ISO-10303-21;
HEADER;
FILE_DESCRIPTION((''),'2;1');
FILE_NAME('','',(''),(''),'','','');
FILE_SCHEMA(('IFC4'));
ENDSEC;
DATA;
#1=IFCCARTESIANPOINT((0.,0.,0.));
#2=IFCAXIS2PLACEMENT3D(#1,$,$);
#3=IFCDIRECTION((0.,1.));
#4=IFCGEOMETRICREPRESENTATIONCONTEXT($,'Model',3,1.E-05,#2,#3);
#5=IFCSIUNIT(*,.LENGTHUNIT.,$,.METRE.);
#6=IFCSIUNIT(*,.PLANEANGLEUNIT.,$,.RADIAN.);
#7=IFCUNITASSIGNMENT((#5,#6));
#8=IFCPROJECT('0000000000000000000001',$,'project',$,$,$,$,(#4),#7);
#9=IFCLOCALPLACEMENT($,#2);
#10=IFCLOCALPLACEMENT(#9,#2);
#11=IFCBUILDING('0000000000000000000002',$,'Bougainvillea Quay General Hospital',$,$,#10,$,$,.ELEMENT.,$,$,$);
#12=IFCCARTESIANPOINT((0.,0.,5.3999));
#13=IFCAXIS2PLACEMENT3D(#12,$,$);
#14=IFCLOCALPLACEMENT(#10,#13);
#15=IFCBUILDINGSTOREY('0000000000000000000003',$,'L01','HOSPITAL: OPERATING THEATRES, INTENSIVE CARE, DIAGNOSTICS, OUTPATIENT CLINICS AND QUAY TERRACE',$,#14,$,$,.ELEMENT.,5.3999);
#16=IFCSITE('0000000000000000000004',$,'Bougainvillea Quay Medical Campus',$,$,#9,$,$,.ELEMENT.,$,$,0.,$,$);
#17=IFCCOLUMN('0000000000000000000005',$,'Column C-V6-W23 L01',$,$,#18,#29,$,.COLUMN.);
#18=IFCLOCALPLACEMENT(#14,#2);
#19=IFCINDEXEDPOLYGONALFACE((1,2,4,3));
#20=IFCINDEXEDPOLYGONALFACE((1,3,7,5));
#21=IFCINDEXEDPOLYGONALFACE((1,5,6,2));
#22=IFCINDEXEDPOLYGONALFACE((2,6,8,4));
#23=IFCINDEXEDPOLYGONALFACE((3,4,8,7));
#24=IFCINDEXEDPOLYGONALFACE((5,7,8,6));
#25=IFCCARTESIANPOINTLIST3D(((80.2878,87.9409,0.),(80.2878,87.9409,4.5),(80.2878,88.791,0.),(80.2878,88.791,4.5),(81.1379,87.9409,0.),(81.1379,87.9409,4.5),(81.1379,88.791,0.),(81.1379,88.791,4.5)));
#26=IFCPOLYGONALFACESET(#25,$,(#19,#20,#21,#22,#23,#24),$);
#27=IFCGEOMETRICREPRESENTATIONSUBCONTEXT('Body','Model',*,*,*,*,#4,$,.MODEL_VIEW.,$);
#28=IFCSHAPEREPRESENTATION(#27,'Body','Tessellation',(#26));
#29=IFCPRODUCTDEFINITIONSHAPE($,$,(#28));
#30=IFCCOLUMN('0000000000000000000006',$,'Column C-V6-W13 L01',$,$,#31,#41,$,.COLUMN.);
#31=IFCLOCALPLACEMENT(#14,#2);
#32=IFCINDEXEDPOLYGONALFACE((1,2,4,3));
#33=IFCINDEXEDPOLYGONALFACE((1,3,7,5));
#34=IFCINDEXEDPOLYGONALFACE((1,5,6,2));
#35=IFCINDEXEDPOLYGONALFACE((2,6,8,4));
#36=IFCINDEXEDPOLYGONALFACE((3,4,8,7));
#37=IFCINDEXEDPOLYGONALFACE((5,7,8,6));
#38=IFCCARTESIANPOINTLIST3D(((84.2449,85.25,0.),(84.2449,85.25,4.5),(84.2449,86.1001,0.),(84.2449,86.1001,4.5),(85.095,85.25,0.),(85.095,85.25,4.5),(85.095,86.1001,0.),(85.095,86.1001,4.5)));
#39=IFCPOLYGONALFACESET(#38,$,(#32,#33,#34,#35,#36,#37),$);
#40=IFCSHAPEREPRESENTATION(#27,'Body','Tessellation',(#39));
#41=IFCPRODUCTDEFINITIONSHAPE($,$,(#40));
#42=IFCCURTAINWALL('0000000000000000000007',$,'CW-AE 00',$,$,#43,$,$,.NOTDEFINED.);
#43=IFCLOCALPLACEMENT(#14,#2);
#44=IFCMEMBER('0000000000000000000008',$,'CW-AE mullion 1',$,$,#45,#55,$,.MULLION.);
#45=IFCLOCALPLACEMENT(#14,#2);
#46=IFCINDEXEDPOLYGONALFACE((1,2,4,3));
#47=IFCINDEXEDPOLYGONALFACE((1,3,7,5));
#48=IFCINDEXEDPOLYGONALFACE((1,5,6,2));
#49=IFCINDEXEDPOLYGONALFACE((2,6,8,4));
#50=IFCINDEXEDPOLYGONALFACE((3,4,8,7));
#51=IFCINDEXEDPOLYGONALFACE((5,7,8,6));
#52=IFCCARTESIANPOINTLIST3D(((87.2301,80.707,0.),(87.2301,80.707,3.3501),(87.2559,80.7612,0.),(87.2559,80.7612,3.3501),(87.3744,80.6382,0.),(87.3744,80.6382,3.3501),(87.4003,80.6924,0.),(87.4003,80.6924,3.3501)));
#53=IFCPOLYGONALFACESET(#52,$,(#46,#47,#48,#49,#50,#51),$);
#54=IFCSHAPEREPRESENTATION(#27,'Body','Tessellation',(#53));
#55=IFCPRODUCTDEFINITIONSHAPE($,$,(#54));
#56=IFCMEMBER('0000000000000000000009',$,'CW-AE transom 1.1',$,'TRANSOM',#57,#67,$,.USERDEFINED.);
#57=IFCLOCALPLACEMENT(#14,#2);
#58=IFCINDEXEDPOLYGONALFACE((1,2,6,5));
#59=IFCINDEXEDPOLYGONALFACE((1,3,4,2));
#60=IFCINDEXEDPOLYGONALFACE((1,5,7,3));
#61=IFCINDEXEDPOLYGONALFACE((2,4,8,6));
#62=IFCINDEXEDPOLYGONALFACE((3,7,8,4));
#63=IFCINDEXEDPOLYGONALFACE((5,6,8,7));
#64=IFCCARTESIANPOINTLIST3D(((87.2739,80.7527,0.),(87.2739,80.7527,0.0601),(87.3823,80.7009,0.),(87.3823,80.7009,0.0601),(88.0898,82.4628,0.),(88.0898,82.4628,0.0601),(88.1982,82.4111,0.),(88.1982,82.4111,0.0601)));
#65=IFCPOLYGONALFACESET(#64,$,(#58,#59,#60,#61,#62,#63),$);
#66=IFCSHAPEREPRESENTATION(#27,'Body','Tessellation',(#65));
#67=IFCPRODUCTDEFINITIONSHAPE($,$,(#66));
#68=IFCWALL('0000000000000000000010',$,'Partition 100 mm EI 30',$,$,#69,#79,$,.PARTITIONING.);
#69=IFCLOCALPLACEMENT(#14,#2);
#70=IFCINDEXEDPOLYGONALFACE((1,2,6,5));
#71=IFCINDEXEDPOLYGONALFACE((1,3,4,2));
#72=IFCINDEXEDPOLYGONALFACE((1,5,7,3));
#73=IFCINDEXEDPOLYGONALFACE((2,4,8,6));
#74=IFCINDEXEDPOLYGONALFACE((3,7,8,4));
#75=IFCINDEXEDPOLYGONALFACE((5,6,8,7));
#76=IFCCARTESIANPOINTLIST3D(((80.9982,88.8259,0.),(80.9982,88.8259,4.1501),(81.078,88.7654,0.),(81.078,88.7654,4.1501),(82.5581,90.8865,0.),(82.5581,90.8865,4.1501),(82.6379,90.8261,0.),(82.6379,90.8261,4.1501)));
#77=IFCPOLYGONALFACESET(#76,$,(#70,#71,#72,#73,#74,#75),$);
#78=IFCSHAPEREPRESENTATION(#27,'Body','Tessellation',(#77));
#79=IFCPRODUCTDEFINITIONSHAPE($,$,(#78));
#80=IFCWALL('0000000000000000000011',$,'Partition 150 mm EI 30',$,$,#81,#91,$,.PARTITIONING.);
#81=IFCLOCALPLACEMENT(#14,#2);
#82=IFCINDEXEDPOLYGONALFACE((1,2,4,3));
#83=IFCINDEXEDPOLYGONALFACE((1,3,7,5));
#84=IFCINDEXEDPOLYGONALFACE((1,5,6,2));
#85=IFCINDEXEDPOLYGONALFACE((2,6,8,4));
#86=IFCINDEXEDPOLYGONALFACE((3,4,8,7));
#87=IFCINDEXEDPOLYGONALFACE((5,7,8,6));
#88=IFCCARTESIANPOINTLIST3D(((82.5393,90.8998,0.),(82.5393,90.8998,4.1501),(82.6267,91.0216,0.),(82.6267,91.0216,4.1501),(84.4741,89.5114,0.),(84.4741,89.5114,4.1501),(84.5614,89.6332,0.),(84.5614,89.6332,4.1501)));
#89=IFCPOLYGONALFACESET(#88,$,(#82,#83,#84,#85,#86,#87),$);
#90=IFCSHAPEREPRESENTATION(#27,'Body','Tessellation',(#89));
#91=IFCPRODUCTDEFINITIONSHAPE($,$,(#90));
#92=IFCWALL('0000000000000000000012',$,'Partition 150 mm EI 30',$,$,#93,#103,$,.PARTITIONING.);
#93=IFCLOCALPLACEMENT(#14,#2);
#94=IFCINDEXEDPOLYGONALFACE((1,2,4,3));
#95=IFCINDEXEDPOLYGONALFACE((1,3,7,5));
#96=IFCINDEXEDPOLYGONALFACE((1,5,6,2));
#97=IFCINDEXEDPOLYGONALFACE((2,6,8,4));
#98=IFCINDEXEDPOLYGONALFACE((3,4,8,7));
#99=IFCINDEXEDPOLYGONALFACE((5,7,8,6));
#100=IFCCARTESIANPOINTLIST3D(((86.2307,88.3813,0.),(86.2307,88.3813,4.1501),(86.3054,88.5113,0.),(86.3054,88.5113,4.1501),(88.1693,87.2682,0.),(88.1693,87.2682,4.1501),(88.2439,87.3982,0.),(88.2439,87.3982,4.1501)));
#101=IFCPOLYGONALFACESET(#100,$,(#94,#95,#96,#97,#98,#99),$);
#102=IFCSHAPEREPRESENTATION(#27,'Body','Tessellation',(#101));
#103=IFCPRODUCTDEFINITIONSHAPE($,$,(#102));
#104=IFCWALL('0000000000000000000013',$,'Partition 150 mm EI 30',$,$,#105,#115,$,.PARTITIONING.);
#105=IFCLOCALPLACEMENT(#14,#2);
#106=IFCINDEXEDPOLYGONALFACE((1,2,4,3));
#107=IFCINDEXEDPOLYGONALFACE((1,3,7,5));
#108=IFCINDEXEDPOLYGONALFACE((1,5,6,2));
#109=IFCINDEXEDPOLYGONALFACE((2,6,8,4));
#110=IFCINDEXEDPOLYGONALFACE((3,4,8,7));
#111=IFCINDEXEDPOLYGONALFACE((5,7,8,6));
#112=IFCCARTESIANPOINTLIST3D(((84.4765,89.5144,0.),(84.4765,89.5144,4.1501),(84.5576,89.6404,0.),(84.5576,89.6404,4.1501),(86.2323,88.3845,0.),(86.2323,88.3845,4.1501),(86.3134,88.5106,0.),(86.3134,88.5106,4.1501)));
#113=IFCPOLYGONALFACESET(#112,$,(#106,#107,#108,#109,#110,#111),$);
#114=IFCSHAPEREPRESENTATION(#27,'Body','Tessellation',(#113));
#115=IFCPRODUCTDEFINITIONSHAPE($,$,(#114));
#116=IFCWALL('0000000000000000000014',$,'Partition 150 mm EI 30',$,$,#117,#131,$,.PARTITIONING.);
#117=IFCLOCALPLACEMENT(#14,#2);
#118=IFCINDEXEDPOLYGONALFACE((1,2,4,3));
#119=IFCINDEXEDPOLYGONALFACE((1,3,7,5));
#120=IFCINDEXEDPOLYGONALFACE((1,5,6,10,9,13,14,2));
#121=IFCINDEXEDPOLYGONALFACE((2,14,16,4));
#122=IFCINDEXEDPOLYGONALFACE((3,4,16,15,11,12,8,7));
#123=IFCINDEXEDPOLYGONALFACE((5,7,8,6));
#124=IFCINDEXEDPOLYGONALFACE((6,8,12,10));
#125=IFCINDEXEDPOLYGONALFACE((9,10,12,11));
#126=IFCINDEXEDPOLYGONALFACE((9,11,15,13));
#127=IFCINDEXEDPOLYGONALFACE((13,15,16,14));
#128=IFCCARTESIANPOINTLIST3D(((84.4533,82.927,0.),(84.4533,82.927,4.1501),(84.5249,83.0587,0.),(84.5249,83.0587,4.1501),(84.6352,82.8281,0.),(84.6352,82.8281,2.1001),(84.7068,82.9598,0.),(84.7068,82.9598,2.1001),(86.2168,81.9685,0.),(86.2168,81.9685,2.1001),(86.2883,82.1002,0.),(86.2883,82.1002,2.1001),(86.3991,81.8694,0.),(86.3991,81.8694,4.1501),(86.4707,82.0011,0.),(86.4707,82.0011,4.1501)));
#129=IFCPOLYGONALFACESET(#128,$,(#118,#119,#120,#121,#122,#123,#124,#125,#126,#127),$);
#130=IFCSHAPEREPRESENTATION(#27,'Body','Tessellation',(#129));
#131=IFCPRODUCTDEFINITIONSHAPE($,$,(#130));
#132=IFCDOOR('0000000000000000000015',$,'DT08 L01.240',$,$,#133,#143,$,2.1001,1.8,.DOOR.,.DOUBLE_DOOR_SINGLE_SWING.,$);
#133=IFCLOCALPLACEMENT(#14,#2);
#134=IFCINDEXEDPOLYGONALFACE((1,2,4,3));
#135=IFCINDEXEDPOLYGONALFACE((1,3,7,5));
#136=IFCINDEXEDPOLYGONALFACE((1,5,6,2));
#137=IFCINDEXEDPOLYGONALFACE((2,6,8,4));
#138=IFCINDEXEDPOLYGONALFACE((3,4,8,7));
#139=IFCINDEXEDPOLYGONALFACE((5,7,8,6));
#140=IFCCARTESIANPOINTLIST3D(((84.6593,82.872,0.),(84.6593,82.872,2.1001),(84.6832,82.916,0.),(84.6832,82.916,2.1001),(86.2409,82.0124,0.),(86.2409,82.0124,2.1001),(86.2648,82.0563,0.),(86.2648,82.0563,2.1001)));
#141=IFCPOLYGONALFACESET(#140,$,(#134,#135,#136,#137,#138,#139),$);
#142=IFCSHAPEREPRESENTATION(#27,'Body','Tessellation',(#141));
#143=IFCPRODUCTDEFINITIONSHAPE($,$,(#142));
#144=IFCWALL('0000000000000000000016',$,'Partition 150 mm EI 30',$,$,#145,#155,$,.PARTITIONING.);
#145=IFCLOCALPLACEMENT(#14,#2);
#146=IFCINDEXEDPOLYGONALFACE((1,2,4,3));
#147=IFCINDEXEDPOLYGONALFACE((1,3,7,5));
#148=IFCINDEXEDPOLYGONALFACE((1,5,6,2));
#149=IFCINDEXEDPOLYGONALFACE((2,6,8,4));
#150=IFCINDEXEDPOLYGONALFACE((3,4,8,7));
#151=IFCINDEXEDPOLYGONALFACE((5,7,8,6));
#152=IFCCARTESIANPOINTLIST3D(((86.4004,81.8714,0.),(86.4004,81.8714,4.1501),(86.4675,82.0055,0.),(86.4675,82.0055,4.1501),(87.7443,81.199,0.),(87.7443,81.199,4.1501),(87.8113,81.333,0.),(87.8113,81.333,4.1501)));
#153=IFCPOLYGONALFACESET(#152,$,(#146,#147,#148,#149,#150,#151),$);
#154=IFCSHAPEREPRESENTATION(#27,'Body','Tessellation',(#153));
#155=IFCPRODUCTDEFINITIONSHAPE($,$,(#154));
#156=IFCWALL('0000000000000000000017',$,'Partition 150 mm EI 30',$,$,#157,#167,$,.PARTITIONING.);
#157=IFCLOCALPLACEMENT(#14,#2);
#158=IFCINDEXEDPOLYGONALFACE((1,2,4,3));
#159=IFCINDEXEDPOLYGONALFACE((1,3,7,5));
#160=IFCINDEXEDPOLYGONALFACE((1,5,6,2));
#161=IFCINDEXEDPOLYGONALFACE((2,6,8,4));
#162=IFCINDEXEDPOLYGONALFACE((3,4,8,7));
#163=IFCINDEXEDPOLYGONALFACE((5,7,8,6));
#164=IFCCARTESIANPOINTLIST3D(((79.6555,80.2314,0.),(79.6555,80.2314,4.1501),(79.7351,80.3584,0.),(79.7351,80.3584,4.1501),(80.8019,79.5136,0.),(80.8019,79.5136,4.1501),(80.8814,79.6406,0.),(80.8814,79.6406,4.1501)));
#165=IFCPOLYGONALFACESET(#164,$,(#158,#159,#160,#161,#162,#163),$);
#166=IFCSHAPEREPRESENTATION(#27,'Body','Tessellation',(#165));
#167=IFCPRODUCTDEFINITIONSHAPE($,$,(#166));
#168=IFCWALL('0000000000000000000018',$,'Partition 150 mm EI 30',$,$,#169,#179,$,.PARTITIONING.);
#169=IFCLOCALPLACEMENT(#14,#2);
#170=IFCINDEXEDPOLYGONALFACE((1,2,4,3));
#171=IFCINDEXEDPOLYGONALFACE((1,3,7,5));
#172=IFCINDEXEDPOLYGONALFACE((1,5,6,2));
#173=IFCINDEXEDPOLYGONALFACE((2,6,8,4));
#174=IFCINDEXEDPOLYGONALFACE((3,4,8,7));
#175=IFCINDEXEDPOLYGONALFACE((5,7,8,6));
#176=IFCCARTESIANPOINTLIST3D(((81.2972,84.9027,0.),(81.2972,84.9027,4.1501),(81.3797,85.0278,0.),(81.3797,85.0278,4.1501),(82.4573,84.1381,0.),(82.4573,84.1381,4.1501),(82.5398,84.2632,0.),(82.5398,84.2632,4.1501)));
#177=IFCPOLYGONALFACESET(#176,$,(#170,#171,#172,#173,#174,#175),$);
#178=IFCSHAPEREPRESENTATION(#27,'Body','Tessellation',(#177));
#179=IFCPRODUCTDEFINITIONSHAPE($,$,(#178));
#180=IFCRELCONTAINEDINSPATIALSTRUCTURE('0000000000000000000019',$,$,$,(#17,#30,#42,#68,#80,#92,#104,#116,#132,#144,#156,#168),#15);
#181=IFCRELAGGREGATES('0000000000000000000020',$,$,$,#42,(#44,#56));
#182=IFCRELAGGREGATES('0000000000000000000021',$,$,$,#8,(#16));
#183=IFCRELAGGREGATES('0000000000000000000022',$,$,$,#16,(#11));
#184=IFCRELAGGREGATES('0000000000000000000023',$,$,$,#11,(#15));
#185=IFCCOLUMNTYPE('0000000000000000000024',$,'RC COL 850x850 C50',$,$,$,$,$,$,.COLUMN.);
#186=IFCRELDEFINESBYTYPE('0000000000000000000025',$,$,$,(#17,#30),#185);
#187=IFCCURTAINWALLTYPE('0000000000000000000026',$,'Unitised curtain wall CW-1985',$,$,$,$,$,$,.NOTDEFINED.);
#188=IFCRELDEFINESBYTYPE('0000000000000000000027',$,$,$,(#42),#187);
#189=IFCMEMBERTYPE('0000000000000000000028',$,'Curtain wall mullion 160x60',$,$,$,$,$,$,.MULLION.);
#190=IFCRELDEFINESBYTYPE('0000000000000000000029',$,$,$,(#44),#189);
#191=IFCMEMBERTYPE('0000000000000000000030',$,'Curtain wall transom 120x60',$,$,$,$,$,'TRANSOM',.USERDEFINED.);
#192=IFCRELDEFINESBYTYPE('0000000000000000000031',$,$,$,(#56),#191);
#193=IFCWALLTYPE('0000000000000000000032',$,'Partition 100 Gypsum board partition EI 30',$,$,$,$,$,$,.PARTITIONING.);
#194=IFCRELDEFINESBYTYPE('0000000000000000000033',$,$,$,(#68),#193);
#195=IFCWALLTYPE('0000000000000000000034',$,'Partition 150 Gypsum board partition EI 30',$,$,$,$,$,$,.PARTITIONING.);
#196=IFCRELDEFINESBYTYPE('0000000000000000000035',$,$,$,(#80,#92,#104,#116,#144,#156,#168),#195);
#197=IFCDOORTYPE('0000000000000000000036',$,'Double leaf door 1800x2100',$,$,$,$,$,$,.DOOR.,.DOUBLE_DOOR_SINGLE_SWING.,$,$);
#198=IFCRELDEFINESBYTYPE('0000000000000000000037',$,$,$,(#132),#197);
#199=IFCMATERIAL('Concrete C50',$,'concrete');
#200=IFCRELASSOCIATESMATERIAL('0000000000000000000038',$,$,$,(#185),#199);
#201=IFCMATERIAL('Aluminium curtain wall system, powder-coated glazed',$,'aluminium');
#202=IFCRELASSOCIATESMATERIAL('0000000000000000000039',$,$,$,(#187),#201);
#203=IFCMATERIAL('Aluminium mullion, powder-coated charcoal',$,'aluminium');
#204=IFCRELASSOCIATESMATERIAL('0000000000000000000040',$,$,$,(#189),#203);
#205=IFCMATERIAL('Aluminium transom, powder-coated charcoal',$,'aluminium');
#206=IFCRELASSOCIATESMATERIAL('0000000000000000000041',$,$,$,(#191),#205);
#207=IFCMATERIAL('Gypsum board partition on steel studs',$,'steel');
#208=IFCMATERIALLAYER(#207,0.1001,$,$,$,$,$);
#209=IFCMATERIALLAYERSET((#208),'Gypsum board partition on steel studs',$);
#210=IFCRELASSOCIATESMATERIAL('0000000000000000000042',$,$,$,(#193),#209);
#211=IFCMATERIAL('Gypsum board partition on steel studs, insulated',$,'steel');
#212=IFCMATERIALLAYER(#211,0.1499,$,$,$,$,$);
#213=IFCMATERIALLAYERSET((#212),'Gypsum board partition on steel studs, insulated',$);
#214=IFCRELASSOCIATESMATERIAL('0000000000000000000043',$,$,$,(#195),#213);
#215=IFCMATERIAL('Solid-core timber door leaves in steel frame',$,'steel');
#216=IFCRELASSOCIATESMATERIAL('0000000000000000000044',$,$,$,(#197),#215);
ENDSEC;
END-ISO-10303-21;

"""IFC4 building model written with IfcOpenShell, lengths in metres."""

from ifc_helpers import new_model, si_unit, direction, frame, frame_2d, origin, origin_2d, place, context, subcontext, project, spatial, rectangle, extrude, material, layer, layer_set, material_profile, profile_set, type_object, element, fill, aggregate, save


model = new_model("IFC4")

# Units and contexts
model_context = context("Model", 3, precision=1e-05, world=origin(), true_north=direction((0.0, 1.0)))
body_context = subcontext(model_context, "Body", "Model", "MODEL_VIEW")
ifc_project = project(units=[si_unit("LENGTHUNIT", "METRE"), si_unit("PLANEANGLEUNIT", "RADIAN")], contexts=[model_context])

# Site, building, storey
site_placement = place(None, origin())
site = spatial("IfcSite", under=ifc_project, at=site_placement, Name="Bougainvillea Quay Medical Campus", CompositionType="ELEMENT", RefElevation=0.0)
building_placement = place(site_placement, origin())
building = spatial("IfcBuilding", under=site, at=building_placement, Name="Bougainvillea Quay General Hospital", CompositionType="ELEMENT")
storey_placement = place(building_placement, frame((0.0, 0.0, 5.3999)))
storey = spatial("IfcBuildingStorey", under=building, at=storey_placement, Name="L01", Description="HOSPITAL: OPERATING THEATRES, INTENSIVE CARE, DIAGNOSTICS, OUTPATIENT CLINICS AND QUAY TERRACE", CompositionType="ELEMENT", Elevation=5.3999)

# Columns
ifc_material_1 = material(Name="Concrete C50", Category="concrete")
ifc_material_profile_1 = material_profile(ifc_material_1, rectangle(XDim=0.8501, YDim=0.8501, at=origin_2d()))
ifc_profile_set_1 = profile_set([ifc_material_profile_1], Name="Concrete C50")
column_type = type_object("IfcColumnType", Name="RC COL 850x850 C50", PredefinedType="COLUMN", material=ifc_profile_set_1)
for number, where, z_axis, x_axis, name in (
    (1, (80.7129, 88.366, 0.0), (0.0, 0.0, 1.0), (1.0, 0.0, 0.0), "Column C-V6-W23 L01"),
    (2, (84.6699, 85.675, 0.0), (0.0, 0.0, 1.0), (1.0, 0.0, 0.0), "Column C-V6-W13 L01"),
):
    element("IfcColumn", number, at=place(storey_placement, frame(where, z_axis=z_axis, x_axis=x_axis)), inside=storey, type_object=column_type, Name=name, PredefinedType="COLUMN", context=body_context, shape_type="SweptSolid", body=[
        extrude(rectangle(XDim=0.8501, YDim=0.8501, at=origin_2d()), origin(), (0.0, 0.0, 1.0), 4.5),
    ])

# Curtain wall, members
ifc_material_2 = material(Name="Aluminium curtain wall system, powder-coated glazed", Category="aluminium")
curtain_wall_type = type_object("IfcCurtainWallType", Name="Unitised curtain wall CW-1985", PredefinedType="NOTDEFINED", material=ifc_material_2)
curtain_wall_placement = place(storey_placement, origin())
curtain_wall = element("IfcCurtainWall", 3, at=curtain_wall_placement, inside=storey, type_object=curtain_wall_type, Name="CW-AE 00", PredefinedType="NOTDEFINED")
ifc_material_3 = material(Name="Aluminium mullion, powder-coated charcoal", Category="aluminium")
ifc_material_profile_2 = material_profile(ifc_material_3, rectangle(XDim=0.1599, YDim=0.0601, at=origin_2d()))
ifc_profile_set_2 = profile_set([ifc_material_profile_2], Name="Aluminium mullion, powder-coated charcoal")
member_type_1 = type_object("IfcMemberType", Name="Curtain wall mullion 160x60", PredefinedType="MULLION", material=ifc_profile_set_2)
member_1_placement = place(storey_placement, frame((87.3152, 80.6997, 0.0), z_axis=(0.0, 0.0, 1.0), x_axis=(-0.902561, 0.430563, 0.0)))
member_1 = element("IfcMember", 4, at=member_1_placement, type_object=member_type_1, Name="CW-AE mullion 1", PredefinedType="MULLION", context=body_context, shape_type="SweptSolid", body=[
    extrude(rectangle(XDim=0.1599, YDim=0.0601, at=origin_2d()), origin(), (0.0, 0.0, 1.0), 3.3501),
])
ifc_material_4 = material(Name="Aluminium transom, powder-coated charcoal", Category="aluminium")
ifc_material_profile_3 = material_profile(ifc_material_4, rectangle(XDim=0.1201, YDim=0.0601, at=origin_2d()))
ifc_profile_set_3 = profile_set([ifc_material_profile_3], Name="Aluminium transom, powder-coated charcoal")
member_type_2 = type_object("IfcMemberType", Name="Curtain wall transom 120x60", ElementType="TRANSOM", PredefinedType="USERDEFINED", material=ifc_profile_set_3)
member_2_placement = place(storey_placement, frame((87.3281, 80.7268, 0.03), z_axis=(0.430594, 0.902546, 0.0), x_axis=(-0.902546, 0.430594, 0.0)))
member_2 = element("IfcMember", 5, at=member_2_placement, type_object=member_type_2, Name="CW-AE transom 1.1", ObjectType="TRANSOM", PredefinedType="USERDEFINED", context=body_context, shape_type="SweptSolid", body=[
    extrude(rectangle(XDim=0.1201, YDim=0.0601, at=origin_2d()), origin(), (0.0, 0.0, 1.0), 1.8948),
])
aggregate(curtain_wall, [member_1, member_2])

# Walls
ifc_material_5 = material(Name="Gypsum board partition on steel studs", Category="steel")
ifc_layer_1 = layer(ifc_material_5, 0.1001)
ifc_layer_set_1 = layer_set([ifc_layer_1], Name="Gypsum board partition on steel studs")
wall_type_1 = type_object("IfcWallType", Name="Partition 100 Gypsum board partition EI 30", PredefinedType="PARTITIONING", material=ifc_layer_set_1)
wall_1_placement = place(storey_placement, frame((81.0381, 88.7957, 0.0), z_axis=(0.0, 0.0, 1.0), x_axis=(0.603561, 0.797317, 0.0)))
element("IfcWall", 6, at=wall_1_placement, inside=storey, type_object=wall_type_1, Name="Partition 100 mm EI 30", PredefinedType="PARTITIONING", context=body_context, shape_type="SweptSolid", body=[
    extrude(rectangle(XDim=2.5845, YDim=0.1001, at=frame_2d((1.2922, 0.0))), origin(), (0.0, 0.0, 1.0), 4.1501),
])
ifc_material_6 = material(Name="Gypsum board partition on steel studs, insulated", Category="steel")
ifc_layer_2 = layer(ifc_material_6, 0.1499)
ifc_layer_set_2 = layer_set([ifc_layer_2], Name="Gypsum board partition on steel studs, insulated")
wall_type_2 = type_object("IfcWallType", Name="Partition 150 Gypsum board partition EI 30", PredefinedType="PARTITIONING", material=ifc_layer_set_2)
wall_2_placement = place(storey_placement, frame((82.583, 90.9607, 0.0), z_axis=(0.0, 0.0, 1.0), x_axis=(0.812457, -0.583021, 0.0)))
element("IfcWall", 7, at=wall_2_placement, inside=storey, type_object=wall_type_2, Name="Partition 150 mm EI 30", PredefinedType="PARTITIONING", context=body_context, shape_type="SweptSolid", body=[
    extrude(rectangle(XDim=2.3813, YDim=0.1499, at=frame_2d((1.1907, 0.0))), origin(), (0.0, 0.0, 1.0), 4.1501),
])
wall_3_placement = place(storey_placement, frame((86.2681, 88.4463, 0.0), z_axis=(0.0, 0.0, 1.0), x_axis=(0.867213, -0.497937, 0.0)))
element("IfcWall", 8, at=wall_3_placement, inside=storey, type_object=wall_type_2, Name="Partition 150 mm EI 30", PredefinedType="PARTITIONING", context=body_context, shape_type="SweptSolid", body=[
    extrude(rectangle(XDim=2.2354, YDim=0.1499, at=frame_2d((1.1177, 0.0))), origin(), (0.0, 0.0, 1.0), 4.1501),
])
wall_4_placement = place(storey_placement, frame((84.5171, 89.5774, 0.0), z_axis=(0.0, 0.0, 1.0), x_axis=(0.840935, -0.541136, 0.0)))
element("IfcWall", 9, at=wall_4_placement, inside=storey, type_object=wall_type_2, Name="Partition 150 mm EI 30", PredefinedType="PARTITIONING", context=body_context, shape_type="SweptSolid", body=[
    extrude(rectangle(XDim=2.0879, YDim=0.1499, at=frame_2d((1.0439, 0.0))), origin(), (0.0, 0.0, 1.0), 4.1501),
])

# Wall, opening, door
wall_5_placement = place(storey_placement, frame((84.489, 82.9929, 0.0), z_axis=(0.0, 0.0, 1.0), x_axis=(0.878602, -0.477554, 0.0)))
wall_5 = element("IfcWall", 10, at=wall_5_placement, inside=storey, type_object=wall_type_2, Name="Partition 150 mm EI 30", PredefinedType="PARTITIONING", context=body_context, shape_type="SweptSolid", body=[
    extrude(rectangle(XDim=2.2146, YDim=0.1499, at=frame_2d((1.1074, 0.0))), origin(), (0.0, 0.0, 1.0), 4.1501),
])
opening_1_placement = place(wall_5_placement, frame((0.2073, 0.0, 0.0)))
opening_1 = element("IfcOpeningElement", 11, at=opening_1_placement, cuts=wall_5, PredefinedType="OPENING", context=body_context, shape_type="SweptSolid", body=[
    extrude(rectangle(XDim=1.8, YDim=2.1001, at=frame_2d((0.8999, 1.05))), frame((0.0, 0.085, 0.0), z_axis=(0.0, -1.0, 0.0), x_axis=(1.0, 0.0, 0.0)), (0.0, 0.0, 1.0), 0.1699),
])
ifc_material_7 = material(Name="Solid-core timber door leaves in steel frame", Category="steel")
door_type_1 = type_object("IfcDoorType", Name="Double leaf door 1800x2100", OperationType="DOUBLE_DOOR_SINGLE_SWING", PredefinedType="DOOR", material=ifc_material_7)
door_1_placement = place(opening_1_placement, frame((1.8, 0.0, 0.0), z_axis=(0.0, 0.0, 1.0), x_axis=(-1.0, 0.0, 0.0)))
door_1 = element("IfcDoor", 12, at=door_1_placement, inside=storey, type_object=door_type_1, Name="DT08 L01.240", OperationType="DOUBLE_DOOR_SINGLE_SWING", OverallHeight=2.1001, OverallWidth=1.8, PredefinedType="DOOR", context=body_context, shape_type="SweptSolid", body=[
    extrude(rectangle(XDim=1.8, YDim=2.1001, at=frame_2d((0.8999, 1.05))), frame((0.0, 0.0249, 0.0), z_axis=(0.0, -1.0, 0.0), x_axis=(1.0, 0.0, 0.0)), (0.0, 0.0, 1.0), 0.05),
])
fill(opening_1, door_1)

# Walls
wall_6_placement = place(storey_placement, frame((86.4338, 81.9385, 0.0), z_axis=(0.0, 0.0, 1.0), x_axis=(0.894297, -0.447474, 0.0)))
element("IfcWall", 13, at=wall_6_placement, inside=storey, type_object=wall_type_2, Name="Partition 150 mm EI 30", PredefinedType="PARTITIONING", context=body_context, shape_type="SweptSolid", body=[
    extrude(rectangle(XDim=1.5027, YDim=0.1499, at=frame_2d((0.7515, 0.0))), origin(), (0.0, 0.0, 1.0), 4.1501),
])
wall_7_placement = place(storey_placement, frame((79.6953, 80.2949, 0.0), z_axis=(0.0, 0.0, 1.0), x_axis=(0.847542, -0.530729, 0.0)))
element("IfcWall", 14, at=wall_7_placement, inside=storey, type_object=wall_type_2, Name="Partition 150 mm EI 30", PredefinedType="PARTITIONING", context=body_context, shape_type="SweptSolid", body=[
    extrude(rectangle(XDim=1.3525, YDim=0.1499, at=frame_2d((0.6763, 0.0))), origin(), (0.0, 0.0, 1.0), 4.1501),
])
wall_8_placement = place(storey_placement, frame((81.3384, 84.9653, 0.0), z_axis=(0.0, 0.0, 1.0), x_axis=(0.834958, -0.550313, 0.0)))
element("IfcWall", 15, at=wall_8_placement, inside=storey, type_object=wall_type_2, Name="Partition 150 mm EI 30", PredefinedType="PARTITIONING", context=body_context, shape_type="SweptSolid", body=[
    extrude(rectangle(XDim=1.3894, YDim=0.1499, at=frame_2d((0.6948, 0.0))), origin(), (0.0, 0.0, 1.0), 4.1501),
])

save(model, "model.ifc")
